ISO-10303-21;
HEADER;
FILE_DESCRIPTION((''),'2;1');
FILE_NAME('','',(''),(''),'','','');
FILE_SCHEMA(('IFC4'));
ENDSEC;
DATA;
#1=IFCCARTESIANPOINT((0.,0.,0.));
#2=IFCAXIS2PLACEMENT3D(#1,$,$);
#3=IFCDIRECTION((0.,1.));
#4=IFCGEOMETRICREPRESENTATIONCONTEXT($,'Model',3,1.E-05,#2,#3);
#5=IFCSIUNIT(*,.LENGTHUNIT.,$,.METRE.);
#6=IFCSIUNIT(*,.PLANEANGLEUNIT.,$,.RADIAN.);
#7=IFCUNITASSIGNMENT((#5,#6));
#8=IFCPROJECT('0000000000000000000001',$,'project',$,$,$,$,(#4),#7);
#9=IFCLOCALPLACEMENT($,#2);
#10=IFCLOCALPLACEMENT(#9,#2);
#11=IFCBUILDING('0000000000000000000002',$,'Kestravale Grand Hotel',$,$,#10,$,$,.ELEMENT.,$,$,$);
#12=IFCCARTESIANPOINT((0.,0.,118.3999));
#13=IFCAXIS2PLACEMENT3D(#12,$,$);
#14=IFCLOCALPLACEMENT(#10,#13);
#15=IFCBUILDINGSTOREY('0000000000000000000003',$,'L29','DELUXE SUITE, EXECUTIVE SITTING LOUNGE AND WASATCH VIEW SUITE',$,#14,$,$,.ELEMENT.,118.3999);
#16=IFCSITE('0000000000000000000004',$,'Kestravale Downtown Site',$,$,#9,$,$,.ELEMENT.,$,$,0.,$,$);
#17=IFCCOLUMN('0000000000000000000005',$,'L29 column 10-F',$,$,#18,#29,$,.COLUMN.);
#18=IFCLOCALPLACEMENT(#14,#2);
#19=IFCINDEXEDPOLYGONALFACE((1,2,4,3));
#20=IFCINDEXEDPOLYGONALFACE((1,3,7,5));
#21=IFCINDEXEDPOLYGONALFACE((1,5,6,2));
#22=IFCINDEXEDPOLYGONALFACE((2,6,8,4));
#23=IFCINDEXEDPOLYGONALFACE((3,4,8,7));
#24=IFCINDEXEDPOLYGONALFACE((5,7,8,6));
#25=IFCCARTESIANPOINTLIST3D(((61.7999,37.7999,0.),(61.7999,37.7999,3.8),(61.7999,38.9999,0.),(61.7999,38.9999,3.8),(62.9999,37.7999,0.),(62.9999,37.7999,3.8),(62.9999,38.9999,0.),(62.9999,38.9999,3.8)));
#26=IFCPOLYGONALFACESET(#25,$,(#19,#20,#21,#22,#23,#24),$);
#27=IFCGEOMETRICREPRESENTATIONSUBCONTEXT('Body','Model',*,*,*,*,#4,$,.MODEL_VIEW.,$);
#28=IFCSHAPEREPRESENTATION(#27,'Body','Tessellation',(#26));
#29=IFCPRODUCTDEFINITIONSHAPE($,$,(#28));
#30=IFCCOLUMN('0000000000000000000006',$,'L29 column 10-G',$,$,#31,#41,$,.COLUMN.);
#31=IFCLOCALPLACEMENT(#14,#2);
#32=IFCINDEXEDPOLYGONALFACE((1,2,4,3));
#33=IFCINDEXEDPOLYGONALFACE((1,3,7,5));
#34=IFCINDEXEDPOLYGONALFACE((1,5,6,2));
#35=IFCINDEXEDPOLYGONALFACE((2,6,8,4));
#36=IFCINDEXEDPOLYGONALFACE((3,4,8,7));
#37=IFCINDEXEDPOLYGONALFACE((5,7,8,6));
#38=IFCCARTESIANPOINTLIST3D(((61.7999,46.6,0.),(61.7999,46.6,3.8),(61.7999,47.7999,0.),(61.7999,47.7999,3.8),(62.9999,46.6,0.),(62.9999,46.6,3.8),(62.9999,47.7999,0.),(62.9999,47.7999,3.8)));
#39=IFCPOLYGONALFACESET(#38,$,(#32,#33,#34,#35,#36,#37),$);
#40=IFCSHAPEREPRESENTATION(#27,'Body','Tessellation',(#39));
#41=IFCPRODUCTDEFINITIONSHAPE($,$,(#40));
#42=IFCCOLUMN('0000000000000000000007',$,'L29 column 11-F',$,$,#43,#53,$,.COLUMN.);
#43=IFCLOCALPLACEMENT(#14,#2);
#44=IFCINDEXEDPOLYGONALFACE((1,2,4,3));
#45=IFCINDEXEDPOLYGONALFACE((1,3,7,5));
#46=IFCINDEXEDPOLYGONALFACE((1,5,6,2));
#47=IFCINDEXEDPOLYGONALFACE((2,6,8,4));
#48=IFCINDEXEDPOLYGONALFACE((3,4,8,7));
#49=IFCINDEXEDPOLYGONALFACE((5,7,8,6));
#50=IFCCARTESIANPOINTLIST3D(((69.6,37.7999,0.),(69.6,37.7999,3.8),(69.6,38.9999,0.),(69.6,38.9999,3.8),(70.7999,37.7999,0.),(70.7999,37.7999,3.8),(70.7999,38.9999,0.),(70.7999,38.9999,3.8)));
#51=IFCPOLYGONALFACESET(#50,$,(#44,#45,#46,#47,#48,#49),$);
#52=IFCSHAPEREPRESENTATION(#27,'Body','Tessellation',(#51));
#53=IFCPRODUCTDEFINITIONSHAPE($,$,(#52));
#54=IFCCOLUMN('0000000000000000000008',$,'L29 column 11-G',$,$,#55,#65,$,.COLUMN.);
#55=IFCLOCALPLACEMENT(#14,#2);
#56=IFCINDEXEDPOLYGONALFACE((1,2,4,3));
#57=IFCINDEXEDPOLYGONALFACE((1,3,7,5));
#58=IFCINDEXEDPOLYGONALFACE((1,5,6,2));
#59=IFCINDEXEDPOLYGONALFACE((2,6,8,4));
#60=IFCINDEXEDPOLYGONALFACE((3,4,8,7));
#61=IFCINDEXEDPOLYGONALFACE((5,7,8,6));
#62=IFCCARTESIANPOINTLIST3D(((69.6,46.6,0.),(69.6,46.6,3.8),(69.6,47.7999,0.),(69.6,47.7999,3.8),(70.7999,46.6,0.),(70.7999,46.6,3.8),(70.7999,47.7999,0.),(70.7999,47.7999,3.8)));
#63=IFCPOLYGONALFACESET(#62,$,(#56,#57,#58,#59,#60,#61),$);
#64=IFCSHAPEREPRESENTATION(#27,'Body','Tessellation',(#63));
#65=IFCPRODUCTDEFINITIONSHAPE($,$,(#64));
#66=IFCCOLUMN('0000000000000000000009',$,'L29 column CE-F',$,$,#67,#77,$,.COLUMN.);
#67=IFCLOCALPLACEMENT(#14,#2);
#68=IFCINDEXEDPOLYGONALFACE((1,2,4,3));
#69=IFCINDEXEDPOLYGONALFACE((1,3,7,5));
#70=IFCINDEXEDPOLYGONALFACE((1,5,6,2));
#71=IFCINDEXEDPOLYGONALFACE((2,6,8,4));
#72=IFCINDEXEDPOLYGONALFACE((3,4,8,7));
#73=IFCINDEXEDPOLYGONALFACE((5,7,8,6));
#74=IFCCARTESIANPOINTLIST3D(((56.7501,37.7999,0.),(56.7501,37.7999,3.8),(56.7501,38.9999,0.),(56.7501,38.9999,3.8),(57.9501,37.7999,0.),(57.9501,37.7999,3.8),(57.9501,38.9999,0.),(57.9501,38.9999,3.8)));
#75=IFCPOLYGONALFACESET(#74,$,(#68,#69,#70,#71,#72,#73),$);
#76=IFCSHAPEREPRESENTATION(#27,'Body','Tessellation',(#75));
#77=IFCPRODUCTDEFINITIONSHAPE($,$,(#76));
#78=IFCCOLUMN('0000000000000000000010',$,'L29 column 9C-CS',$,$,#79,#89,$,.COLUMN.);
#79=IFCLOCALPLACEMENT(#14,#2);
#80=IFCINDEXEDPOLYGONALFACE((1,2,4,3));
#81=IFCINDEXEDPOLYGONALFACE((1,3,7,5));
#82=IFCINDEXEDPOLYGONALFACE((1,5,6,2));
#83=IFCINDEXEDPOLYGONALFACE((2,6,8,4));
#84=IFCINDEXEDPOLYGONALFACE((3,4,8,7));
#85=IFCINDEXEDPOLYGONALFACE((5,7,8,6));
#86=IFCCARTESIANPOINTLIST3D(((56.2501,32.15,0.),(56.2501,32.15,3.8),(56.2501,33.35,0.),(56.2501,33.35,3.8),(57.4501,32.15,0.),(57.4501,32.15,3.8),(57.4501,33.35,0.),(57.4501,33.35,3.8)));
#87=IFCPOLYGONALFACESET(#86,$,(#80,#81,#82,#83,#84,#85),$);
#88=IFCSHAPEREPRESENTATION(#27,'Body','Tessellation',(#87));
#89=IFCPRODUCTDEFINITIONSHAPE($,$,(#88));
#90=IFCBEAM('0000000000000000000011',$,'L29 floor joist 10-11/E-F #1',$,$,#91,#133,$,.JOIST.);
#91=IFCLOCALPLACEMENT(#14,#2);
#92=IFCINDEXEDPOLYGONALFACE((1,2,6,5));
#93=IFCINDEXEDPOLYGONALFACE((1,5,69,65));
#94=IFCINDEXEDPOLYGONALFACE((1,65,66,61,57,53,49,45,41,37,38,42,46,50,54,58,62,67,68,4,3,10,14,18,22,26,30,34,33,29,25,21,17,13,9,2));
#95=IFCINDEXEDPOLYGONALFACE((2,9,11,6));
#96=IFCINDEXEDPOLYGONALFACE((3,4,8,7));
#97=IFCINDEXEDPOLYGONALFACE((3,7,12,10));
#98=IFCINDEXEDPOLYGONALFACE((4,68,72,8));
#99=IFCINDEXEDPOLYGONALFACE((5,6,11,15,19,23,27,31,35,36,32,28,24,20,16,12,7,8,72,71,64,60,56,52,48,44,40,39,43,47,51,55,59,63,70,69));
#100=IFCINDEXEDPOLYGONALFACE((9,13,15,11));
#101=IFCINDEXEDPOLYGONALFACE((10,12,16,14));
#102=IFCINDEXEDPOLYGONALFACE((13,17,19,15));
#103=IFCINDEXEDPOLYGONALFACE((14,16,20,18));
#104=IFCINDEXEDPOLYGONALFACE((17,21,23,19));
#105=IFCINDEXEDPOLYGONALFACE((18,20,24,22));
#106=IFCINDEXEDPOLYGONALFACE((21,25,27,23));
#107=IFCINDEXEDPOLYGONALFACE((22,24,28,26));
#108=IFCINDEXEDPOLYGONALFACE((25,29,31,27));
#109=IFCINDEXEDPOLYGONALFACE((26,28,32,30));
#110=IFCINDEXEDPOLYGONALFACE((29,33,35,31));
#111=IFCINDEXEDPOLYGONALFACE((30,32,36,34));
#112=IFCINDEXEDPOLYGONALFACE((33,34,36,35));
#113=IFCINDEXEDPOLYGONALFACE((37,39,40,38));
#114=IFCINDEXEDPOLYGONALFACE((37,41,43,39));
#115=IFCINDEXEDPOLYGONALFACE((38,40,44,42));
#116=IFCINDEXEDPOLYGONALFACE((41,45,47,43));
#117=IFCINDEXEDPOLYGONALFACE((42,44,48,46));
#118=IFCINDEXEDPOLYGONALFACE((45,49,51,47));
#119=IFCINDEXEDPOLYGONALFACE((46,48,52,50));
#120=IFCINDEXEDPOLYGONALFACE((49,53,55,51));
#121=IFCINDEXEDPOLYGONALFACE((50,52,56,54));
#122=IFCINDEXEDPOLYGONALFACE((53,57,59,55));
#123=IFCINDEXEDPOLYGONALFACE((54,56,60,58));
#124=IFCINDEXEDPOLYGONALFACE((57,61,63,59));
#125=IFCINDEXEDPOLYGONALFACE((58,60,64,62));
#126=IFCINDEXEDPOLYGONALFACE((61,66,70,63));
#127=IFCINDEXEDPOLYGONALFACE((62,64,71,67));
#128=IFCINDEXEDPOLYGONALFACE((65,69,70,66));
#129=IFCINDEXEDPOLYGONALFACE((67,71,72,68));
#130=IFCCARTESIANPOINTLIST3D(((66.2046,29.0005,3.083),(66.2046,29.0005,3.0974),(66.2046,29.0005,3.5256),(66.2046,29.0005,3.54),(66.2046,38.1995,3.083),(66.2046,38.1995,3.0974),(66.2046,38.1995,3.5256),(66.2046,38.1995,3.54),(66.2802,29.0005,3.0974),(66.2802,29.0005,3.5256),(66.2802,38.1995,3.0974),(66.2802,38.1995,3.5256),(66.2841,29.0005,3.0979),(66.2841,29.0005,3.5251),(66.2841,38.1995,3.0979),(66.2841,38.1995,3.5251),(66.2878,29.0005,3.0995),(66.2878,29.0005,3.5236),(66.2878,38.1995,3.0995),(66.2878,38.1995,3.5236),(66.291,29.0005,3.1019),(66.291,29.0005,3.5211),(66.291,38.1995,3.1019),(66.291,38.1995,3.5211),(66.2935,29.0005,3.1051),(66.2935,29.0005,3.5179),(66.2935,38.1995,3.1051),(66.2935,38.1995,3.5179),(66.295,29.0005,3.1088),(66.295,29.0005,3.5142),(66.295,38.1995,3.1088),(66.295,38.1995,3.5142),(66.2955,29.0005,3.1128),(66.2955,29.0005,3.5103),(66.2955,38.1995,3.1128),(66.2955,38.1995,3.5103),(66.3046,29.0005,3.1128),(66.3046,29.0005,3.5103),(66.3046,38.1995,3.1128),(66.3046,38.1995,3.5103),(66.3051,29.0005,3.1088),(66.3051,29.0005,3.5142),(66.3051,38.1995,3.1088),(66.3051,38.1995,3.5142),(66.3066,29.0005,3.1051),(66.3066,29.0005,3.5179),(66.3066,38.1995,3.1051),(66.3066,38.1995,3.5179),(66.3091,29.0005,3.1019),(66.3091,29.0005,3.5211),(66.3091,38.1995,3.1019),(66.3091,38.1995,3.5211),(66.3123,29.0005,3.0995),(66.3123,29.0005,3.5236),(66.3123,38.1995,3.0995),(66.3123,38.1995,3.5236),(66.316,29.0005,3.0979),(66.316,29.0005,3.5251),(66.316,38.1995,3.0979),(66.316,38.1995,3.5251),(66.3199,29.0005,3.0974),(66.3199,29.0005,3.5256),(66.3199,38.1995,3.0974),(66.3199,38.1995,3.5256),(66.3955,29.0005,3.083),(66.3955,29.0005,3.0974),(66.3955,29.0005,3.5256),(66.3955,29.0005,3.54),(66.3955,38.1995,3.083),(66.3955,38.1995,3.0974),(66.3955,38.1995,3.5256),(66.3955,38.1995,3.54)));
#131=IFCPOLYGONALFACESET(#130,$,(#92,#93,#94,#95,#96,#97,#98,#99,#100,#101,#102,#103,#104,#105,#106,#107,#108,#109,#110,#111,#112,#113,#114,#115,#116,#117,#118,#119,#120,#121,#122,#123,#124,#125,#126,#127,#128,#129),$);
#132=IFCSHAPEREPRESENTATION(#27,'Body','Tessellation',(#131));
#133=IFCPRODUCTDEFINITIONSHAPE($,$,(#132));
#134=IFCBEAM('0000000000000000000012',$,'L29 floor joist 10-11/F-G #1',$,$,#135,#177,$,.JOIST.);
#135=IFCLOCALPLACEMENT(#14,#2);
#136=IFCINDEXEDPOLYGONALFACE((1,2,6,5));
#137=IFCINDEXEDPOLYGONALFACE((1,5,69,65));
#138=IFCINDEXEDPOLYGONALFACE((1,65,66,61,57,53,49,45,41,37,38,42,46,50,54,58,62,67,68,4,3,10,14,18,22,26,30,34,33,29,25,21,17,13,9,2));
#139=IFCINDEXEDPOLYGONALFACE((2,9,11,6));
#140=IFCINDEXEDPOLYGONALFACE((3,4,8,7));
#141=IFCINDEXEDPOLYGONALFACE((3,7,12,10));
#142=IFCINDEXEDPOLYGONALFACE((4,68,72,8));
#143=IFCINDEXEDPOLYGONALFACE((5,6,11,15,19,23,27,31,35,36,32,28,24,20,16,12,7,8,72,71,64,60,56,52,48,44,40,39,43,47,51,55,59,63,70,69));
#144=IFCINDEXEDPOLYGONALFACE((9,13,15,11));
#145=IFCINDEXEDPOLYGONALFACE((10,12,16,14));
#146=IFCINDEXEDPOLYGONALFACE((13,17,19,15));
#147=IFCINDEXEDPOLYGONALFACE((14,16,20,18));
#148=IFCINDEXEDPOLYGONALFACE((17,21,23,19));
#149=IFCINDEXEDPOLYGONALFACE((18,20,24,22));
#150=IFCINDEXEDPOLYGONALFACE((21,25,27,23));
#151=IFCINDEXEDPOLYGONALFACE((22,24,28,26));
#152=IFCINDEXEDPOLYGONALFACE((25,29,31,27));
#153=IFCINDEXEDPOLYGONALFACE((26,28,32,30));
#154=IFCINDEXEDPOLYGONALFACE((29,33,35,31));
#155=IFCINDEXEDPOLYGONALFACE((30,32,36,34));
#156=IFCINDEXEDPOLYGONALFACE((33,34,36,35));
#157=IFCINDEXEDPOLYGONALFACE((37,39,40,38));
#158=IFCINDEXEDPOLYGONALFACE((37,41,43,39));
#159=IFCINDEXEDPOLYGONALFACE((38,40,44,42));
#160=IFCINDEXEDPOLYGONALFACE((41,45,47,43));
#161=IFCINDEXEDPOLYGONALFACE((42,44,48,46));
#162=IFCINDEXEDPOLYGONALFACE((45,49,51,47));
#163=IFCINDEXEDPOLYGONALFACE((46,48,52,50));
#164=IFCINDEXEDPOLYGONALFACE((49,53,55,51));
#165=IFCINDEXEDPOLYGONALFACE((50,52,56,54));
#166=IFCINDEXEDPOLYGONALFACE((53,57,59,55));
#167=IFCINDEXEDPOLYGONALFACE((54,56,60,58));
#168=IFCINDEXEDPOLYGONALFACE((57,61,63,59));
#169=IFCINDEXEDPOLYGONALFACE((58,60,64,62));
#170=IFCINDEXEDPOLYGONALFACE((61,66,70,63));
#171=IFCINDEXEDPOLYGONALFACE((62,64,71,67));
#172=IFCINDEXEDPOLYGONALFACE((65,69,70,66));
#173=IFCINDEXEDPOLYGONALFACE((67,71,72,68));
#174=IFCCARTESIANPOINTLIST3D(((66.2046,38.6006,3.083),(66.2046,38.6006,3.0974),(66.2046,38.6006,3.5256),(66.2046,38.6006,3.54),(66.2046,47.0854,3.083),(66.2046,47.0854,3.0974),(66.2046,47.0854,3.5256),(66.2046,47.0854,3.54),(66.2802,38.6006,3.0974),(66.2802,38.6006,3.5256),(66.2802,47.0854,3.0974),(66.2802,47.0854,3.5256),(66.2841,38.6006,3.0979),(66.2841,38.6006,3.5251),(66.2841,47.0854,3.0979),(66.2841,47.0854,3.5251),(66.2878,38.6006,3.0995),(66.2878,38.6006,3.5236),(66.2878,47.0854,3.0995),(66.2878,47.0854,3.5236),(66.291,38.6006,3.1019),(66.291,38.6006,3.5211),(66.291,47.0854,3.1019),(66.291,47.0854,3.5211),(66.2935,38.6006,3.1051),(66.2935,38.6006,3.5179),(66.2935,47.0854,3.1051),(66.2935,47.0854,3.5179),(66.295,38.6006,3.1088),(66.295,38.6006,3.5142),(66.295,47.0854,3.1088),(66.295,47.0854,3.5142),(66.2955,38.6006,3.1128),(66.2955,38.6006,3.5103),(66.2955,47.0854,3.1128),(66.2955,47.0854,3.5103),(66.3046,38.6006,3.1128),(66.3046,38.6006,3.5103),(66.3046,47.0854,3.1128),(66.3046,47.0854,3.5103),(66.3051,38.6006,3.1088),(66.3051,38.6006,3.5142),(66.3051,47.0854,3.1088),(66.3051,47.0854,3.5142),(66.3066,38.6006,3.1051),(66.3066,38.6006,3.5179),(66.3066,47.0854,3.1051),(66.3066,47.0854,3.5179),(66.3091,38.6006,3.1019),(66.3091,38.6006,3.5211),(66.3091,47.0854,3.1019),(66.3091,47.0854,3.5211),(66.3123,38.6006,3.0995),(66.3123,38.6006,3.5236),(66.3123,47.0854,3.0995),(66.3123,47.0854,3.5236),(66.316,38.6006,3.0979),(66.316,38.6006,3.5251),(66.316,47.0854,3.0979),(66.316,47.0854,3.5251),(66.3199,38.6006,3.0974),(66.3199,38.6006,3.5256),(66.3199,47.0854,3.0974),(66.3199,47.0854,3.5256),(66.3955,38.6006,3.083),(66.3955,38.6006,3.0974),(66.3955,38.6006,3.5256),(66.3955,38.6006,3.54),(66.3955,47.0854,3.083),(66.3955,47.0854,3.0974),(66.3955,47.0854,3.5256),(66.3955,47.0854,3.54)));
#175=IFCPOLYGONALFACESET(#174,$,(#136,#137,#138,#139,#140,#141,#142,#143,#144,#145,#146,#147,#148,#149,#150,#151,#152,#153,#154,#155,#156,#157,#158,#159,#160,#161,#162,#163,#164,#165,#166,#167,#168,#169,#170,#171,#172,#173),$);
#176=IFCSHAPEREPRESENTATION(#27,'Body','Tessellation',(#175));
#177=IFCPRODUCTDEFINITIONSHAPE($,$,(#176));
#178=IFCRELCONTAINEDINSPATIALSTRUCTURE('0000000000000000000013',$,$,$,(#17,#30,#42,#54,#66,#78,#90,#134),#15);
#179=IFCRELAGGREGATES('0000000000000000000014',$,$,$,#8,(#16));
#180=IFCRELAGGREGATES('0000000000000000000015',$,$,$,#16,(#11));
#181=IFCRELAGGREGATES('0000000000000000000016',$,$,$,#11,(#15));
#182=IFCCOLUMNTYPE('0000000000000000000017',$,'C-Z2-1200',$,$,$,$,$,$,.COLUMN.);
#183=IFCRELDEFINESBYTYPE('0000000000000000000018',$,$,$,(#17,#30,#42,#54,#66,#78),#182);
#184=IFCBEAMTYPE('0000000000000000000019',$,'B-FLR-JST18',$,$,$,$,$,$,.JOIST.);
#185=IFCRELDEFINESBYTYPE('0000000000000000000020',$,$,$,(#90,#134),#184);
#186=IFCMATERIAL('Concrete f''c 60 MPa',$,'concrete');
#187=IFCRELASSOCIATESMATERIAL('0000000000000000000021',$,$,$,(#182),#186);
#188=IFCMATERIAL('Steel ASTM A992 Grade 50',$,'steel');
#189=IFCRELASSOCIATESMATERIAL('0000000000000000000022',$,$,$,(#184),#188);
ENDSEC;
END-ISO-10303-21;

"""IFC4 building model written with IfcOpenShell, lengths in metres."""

from ifc_helpers import new_model, si_unit, direction, frame, origin, origin_2d, place, context, subcontext, project, spatial, rectangle, i_section, extrude, material, material_profile, profile_set, type_object, element, save


model = new_model("IFC4")

# Units and contexts
model_context = context("Model", 3, precision=1e-05, world=origin(), true_north=direction((0.0, 1.0)))
body_context = subcontext(model_context, "Body", "Model", "MODEL_VIEW")
ifc_project = project(units=[si_unit("LENGTHUNIT", "METRE"), si_unit("PLANEANGLEUNIT", "RADIAN")], contexts=[model_context])

# Site, building, storey
site_placement = place(None, origin())
site = spatial("IfcSite", under=ifc_project, at=site_placement, Name="Kestravale Downtown Site", CompositionType="ELEMENT", RefElevation=0.0)
building_placement = place(site_placement, origin())
building = spatial("IfcBuilding", under=site, at=building_placement, Name="Kestravale Grand Hotel", CompositionType="ELEMENT")
storey_placement = place(building_placement, frame((0.0, 0.0, 118.3999)))
storey = spatial("IfcBuildingStorey", under=building, at=storey_placement, Name="L29", Description="DELUXE SUITE, EXECUTIVE SITTING LOUNGE AND WASATCH VIEW SUITE", CompositionType="ELEMENT", Elevation=118.3999)

# Columns
ifc_material_1 = material(Name="Concrete f'c 60 MPa", Category="concrete")
ifc_material_profile_1 = material_profile(ifc_material_1, rectangle(XDim=1.2, YDim=1.2, at=origin_2d()))
ifc_profile_set_1 = profile_set([ifc_material_profile_1], Name="Concrete f'c 60 MPa")
column_type = type_object("IfcColumnType", Name="C-Z2-1200", PredefinedType="COLUMN", material=ifc_profile_set_1)
for number, where, z_axis, x_axis, name in (
    (1, (62.3999, 38.3999, 0.0), (0.0, 0.0, 1.0), (1.0, 0.0, 0.0), "L29 column 10-F"),
    (2, (62.3999, 47.2, 0.0), (0.0, 0.0, 1.0), (1.0, 0.0, 0.0), "L29 column 10-G"),
    (3, (70.2, 38.3999, 0.0), (0.0, 0.0, 1.0), (1.0, 0.0, 0.0), "L29 column 11-F"),
    (4, (70.2, 47.2, 0.0), (0.0, 0.0, 1.0), (1.0, 0.0, 0.0), "L29 column 11-G"),
    (5, (57.3501, 38.3999, 0.0), (0.0, 0.0, 1.0), (1.0, 0.0, 0.0), "L29 column CE-F"),
    (6, (56.8501, 32.75, 0.0), (0.0, 0.0, 1.0), (1.0, 0.0, 0.0), "L29 column 9C-CS"),
):
    element("IfcColumn", number, at=place(storey_placement, frame(where, z_axis=z_axis, x_axis=x_axis)), inside=storey, type_object=column_type, Name=name, PredefinedType="COLUMN", context=body_context, shape_type="SweptSolid", body=[
        extrude(rectangle(XDim=1.2, YDim=1.2, at=origin_2d()), origin(), (0.0, 0.0, 1.0), 3.8),
    ])

# Beams
ifc_material_2 = material(Name="Steel ASTM A992 Grade 50", Category="steel")
ifc_material_profile_2 = material_profile(ifc_material_2, i_section(OverallWidth=0.1909, OverallDepth=0.457, WebThickness=0.009, FlangeThickness=0.0144, FilletRadius=0.0154, at=origin_2d()))
ifc_profile_set_2 = profile_set([ifc_material_profile_2], Name="Steel ASTM A992 Grade 50")
beam_type_1 = type_object("IfcBeamType", Name="B-FLR-JST18", PredefinedType="JOIST", material=ifc_profile_set_2)
beam_1_placement = place(storey_placement, frame((66.3, 29.0005, 3.3115), z_axis=(0.0, 1.0, 0.0), x_axis=(-1.0, 0.0, 0.0)))
element("IfcBeam", 7, at=beam_1_placement, inside=storey, type_object=beam_type_1, Name="L29 floor joist 10-11/E-F #1", PredefinedType="JOIST", context=body_context, shape_type="SweptSolid", body=[
    extrude(i_section(OverallWidth=0.1909, OverallDepth=0.457, WebThickness=0.009, FlangeThickness=0.0144, FilletRadius=0.0154, at=origin_2d()), origin(), (0.0, 0.0, 1.0), 9.199),
])
beam_2_placement = place(storey_placement, frame((66.3, 38.6006, 3.3115), z_axis=(0.0, 1.0, 0.0), x_axis=(-1.0, 0.0, 0.0)))
element("IfcBeam", 8, at=beam_2_placement, inside=storey, type_object=beam_type_1, Name="L29 floor joist 10-11/F-G #1", PredefinedType="JOIST", context=body_context, shape_type="SweptSolid", body=[
    extrude(i_section(OverallWidth=0.1909, OverallDepth=0.457, WebThickness=0.009, FlangeThickness=0.0144, FilletRadius=0.0154, at=origin_2d()), origin(), (0.0, 0.0, 1.0), 8.4849),
])

save(model, "model.ifc")
